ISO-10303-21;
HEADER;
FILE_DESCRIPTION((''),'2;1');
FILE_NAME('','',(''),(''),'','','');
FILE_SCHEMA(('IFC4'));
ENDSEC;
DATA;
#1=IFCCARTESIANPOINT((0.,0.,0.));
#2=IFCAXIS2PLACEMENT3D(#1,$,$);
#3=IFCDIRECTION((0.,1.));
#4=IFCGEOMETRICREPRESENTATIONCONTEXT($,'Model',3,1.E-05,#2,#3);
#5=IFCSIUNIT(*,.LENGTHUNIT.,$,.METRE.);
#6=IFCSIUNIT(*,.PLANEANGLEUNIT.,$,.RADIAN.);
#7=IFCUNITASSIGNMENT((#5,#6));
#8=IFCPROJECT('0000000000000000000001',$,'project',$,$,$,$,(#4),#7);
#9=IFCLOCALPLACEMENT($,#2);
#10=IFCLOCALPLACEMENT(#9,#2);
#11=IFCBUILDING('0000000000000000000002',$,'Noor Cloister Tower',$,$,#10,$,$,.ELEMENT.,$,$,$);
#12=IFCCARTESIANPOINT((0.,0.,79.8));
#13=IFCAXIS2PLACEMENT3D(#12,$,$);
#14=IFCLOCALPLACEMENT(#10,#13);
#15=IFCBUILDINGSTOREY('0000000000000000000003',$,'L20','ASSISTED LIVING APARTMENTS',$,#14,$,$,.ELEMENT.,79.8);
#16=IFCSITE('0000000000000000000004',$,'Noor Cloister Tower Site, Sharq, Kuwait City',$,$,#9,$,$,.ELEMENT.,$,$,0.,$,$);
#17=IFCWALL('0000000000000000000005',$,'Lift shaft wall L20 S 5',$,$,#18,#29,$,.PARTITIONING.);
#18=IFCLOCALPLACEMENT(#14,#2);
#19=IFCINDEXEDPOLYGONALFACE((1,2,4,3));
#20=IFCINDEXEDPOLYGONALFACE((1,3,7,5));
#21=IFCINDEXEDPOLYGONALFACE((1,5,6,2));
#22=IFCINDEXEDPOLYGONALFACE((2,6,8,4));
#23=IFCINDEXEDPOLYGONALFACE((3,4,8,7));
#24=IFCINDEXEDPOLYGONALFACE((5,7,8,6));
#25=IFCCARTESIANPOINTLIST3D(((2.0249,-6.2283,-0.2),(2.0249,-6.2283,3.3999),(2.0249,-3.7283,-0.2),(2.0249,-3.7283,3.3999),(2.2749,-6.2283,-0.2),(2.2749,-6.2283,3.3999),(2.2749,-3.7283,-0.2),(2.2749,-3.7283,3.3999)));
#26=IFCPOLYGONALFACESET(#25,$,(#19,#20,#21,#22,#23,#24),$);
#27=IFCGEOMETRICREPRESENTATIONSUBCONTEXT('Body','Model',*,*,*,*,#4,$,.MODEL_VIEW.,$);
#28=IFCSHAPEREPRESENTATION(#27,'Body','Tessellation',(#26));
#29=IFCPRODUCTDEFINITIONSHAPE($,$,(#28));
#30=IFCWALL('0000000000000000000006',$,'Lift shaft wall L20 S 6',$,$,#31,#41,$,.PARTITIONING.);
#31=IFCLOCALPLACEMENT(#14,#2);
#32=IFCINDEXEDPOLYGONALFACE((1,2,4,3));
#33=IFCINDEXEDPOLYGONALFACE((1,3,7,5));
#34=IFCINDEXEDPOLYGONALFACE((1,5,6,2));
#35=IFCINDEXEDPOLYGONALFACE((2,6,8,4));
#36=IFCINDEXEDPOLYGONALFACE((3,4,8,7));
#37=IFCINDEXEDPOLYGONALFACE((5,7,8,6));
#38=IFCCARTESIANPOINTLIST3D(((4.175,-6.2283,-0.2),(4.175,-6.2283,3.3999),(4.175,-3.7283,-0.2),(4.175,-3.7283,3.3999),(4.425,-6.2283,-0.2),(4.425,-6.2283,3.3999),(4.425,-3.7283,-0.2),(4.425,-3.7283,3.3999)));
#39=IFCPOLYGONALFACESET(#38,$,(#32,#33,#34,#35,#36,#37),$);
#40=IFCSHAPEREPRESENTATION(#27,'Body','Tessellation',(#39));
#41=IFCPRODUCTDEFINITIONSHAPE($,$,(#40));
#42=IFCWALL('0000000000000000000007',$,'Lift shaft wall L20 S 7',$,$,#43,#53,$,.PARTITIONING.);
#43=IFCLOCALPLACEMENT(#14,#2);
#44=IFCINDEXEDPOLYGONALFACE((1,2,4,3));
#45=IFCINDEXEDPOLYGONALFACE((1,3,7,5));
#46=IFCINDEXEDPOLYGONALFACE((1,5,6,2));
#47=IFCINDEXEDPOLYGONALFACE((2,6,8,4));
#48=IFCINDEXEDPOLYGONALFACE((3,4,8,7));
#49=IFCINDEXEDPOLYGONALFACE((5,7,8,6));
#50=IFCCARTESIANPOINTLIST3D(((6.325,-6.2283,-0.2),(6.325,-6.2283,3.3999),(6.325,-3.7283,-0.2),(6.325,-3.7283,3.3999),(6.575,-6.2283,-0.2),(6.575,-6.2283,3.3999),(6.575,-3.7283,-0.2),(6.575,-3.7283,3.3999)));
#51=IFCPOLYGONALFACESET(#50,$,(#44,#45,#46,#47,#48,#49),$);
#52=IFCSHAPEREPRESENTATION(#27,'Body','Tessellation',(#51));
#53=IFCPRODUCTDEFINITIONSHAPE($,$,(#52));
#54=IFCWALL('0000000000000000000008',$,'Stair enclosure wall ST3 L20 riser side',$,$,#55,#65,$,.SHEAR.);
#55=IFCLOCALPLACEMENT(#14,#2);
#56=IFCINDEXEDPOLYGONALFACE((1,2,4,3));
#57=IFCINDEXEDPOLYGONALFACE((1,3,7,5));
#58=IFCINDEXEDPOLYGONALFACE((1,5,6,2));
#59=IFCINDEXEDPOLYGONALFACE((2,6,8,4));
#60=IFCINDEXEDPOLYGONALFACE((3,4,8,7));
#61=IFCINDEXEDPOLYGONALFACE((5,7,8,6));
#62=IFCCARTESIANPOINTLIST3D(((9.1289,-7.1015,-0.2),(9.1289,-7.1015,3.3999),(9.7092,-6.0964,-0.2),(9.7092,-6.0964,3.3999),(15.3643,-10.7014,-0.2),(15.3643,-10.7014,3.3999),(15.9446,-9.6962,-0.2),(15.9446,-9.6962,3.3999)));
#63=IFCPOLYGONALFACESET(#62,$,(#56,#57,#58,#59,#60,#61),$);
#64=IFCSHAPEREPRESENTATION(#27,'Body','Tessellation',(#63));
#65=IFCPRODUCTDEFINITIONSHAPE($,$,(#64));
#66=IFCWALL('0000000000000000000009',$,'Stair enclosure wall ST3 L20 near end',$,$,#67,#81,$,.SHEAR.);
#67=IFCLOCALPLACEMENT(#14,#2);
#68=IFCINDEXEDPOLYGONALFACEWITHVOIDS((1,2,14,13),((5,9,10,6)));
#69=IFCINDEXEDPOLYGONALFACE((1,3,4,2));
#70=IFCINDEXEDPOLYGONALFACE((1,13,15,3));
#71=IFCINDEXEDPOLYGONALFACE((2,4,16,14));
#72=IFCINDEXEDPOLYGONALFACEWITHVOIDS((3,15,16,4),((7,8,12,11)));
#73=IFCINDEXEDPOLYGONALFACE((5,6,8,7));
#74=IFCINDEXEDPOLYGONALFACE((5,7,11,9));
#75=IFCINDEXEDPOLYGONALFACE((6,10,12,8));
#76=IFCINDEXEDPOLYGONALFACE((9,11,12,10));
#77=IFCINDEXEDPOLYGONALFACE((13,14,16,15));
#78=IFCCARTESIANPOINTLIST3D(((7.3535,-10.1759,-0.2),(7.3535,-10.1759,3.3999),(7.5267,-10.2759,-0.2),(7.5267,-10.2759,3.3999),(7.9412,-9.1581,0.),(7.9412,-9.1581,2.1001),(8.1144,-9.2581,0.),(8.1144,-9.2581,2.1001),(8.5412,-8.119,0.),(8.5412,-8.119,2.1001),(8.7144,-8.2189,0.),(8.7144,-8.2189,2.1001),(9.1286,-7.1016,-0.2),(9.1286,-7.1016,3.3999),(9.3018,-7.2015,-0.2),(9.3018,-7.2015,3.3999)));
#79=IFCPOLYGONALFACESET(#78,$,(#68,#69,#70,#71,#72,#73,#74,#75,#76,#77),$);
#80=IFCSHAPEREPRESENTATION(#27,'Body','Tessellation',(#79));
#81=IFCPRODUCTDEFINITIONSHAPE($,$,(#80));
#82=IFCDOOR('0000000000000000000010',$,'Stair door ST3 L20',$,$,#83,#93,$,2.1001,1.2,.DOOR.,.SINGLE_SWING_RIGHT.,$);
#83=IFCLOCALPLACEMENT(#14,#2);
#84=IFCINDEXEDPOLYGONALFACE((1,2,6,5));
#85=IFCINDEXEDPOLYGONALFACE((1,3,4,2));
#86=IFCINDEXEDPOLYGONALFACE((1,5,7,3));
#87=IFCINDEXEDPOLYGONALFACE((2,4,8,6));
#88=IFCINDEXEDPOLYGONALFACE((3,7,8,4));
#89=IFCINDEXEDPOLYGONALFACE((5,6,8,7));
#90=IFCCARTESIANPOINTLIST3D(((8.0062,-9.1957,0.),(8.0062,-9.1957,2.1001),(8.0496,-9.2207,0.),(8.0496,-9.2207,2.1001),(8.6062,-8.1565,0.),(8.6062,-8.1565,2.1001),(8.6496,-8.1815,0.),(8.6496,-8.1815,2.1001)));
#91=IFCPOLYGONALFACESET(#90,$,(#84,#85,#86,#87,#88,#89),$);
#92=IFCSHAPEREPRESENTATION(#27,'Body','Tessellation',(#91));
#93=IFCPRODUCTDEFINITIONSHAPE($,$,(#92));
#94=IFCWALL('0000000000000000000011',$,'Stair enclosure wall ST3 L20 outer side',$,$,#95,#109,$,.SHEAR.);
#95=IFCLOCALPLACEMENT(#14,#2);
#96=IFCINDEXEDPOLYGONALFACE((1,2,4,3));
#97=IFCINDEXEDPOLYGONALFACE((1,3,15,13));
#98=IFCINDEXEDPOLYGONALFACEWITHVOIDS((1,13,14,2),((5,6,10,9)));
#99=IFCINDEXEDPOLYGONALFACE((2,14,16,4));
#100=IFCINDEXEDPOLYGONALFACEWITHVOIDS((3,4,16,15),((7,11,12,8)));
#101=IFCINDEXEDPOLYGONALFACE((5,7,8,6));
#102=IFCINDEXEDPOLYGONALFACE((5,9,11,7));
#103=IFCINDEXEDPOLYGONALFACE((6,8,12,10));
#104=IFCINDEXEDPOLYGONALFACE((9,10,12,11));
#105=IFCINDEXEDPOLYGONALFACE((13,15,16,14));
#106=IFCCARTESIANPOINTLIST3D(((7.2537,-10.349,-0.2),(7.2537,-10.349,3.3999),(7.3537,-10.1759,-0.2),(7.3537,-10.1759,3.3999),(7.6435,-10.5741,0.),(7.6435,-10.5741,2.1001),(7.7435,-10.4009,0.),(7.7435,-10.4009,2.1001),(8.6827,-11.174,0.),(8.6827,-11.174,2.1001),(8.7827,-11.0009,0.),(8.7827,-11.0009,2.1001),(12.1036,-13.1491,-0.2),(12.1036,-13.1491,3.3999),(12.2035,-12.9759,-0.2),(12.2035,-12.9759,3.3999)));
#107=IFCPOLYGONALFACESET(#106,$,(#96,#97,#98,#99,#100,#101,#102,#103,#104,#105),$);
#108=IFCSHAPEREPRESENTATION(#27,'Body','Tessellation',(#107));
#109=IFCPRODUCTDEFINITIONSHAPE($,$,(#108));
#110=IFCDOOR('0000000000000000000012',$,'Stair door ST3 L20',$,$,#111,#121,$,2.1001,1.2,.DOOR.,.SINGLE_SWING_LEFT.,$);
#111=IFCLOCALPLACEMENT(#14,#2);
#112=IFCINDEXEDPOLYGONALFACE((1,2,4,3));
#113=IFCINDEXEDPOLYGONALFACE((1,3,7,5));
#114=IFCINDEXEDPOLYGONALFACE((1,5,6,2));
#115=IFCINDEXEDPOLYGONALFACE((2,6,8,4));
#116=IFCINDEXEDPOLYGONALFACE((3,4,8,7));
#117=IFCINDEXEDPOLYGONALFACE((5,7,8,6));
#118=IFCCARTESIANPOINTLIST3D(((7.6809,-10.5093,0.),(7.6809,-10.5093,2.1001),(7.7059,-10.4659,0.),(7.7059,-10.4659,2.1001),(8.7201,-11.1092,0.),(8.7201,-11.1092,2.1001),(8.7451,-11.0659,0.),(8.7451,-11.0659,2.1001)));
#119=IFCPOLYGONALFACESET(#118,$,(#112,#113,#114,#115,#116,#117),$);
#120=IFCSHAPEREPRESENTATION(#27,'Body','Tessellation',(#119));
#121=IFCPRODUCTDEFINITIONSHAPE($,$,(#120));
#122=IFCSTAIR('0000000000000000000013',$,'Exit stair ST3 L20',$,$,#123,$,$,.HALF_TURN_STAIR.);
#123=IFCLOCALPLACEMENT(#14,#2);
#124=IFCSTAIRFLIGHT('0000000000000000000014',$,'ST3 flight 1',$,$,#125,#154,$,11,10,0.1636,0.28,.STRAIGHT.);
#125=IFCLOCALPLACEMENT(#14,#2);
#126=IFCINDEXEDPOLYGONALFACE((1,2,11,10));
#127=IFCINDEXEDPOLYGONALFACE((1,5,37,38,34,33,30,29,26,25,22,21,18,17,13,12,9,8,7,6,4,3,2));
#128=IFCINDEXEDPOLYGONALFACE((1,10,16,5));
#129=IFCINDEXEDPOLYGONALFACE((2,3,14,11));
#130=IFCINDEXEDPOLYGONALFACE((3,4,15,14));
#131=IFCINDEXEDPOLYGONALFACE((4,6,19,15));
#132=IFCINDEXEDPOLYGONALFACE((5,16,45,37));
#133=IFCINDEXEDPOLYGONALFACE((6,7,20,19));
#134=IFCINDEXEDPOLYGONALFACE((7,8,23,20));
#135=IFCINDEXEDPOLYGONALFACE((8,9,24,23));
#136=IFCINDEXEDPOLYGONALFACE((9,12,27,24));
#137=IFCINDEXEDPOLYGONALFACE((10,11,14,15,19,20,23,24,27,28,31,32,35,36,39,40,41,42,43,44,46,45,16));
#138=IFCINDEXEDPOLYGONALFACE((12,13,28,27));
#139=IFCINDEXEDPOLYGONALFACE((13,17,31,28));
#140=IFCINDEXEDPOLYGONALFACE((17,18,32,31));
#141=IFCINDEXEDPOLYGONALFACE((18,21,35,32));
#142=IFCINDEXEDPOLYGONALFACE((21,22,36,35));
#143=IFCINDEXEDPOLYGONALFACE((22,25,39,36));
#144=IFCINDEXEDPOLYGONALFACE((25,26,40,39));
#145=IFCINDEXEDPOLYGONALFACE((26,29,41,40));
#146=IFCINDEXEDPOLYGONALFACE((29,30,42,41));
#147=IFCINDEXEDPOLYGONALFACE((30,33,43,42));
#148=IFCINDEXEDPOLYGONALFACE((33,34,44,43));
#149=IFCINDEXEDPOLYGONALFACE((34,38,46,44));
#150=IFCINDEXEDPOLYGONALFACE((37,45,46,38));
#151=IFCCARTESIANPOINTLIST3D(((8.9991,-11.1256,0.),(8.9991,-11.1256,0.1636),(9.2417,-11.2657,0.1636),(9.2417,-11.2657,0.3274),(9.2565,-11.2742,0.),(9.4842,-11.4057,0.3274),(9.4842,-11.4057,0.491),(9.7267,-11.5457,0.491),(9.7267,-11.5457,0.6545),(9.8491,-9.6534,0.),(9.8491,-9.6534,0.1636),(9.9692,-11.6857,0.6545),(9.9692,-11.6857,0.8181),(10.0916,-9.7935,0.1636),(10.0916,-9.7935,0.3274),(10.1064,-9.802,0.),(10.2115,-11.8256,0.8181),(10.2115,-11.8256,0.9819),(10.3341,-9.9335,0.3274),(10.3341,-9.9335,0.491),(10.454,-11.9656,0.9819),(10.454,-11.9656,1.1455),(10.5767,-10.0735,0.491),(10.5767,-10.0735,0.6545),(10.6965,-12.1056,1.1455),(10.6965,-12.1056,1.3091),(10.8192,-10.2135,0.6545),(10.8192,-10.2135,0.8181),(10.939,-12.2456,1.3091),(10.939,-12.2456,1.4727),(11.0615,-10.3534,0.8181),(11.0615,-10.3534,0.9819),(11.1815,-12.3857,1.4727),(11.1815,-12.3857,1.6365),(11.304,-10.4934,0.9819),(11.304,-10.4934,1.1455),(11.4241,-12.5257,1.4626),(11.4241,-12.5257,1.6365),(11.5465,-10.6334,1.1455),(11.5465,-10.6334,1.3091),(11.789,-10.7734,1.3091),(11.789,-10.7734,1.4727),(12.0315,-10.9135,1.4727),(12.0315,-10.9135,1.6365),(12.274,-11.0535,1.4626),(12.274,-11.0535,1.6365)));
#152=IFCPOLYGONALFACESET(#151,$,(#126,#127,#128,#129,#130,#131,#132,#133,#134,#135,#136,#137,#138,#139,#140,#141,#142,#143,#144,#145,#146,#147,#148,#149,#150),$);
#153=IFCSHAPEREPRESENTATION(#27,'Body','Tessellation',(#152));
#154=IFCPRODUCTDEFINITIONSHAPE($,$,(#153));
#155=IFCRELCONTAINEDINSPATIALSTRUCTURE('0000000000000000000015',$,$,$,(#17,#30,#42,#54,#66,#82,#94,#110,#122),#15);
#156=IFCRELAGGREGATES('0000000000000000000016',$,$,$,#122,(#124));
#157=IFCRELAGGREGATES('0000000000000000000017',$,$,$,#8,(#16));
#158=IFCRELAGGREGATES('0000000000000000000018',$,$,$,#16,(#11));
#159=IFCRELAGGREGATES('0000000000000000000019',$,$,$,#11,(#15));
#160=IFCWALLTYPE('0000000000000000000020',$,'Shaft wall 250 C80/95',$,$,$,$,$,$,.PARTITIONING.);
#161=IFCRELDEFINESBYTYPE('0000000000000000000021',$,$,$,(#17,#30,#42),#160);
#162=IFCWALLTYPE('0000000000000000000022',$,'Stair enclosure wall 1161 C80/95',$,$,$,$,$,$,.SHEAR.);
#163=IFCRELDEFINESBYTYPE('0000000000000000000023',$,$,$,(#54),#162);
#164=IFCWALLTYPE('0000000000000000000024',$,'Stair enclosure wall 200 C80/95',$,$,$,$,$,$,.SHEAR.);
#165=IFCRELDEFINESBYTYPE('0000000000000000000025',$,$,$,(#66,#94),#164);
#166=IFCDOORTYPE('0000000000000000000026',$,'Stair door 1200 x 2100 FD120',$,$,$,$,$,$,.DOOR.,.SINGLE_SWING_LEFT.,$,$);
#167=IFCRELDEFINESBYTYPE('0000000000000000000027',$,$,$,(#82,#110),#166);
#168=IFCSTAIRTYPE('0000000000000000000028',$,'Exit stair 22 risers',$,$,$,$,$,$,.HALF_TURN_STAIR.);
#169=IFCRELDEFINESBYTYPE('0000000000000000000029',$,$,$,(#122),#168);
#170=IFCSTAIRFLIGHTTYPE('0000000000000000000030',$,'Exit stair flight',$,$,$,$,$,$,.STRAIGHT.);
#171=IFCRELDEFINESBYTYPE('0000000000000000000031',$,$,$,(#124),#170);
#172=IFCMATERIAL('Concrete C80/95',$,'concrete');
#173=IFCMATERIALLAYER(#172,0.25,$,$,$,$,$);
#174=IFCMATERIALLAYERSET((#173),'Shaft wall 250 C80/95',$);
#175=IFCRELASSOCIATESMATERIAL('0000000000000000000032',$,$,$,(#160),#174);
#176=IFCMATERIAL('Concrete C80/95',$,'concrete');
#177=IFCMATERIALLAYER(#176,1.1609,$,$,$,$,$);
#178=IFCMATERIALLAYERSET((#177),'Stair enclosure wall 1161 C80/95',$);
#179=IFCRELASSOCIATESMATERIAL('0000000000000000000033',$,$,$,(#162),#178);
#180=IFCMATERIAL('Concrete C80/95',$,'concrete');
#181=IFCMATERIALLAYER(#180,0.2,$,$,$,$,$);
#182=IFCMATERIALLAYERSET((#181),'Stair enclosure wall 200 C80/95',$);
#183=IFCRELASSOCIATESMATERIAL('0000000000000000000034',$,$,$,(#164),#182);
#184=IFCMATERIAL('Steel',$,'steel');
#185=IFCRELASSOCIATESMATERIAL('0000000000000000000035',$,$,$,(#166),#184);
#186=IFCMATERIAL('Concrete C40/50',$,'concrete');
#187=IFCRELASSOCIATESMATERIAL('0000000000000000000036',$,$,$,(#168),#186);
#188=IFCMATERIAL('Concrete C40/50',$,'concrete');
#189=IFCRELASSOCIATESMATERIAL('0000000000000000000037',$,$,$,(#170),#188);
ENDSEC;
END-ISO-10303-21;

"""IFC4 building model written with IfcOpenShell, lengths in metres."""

from ifc_helpers import new_model, si_unit, direction, frame, frame_2d, origin, place, context, subcontext, project, spatial, polyline, rectangle, outline, extrude, material, layer, layer_set, type_object, element, fill, aggregate, save


model = new_model("IFC4")

# Units and contexts
model_context = context("Model", 3, precision=1e-05, world=origin(), true_north=direction((0.0, 1.0)))
body_context = subcontext(model_context, "Body", "Model", "MODEL_VIEW")
ifc_project = project(units=[si_unit("LENGTHUNIT", "METRE"), si_unit("PLANEANGLEUNIT", "RADIAN")], contexts=[model_context])

# Site, building, storey
site_placement = place(None, origin())
site = spatial("IfcSite", under=ifc_project, at=site_placement, Name="Noor Cloister Tower Site, Sharq, Kuwait City", CompositionType="ELEMENT", RefElevation=0.0)
building_placement = place(site_placement, origin())
building = spatial("IfcBuilding", under=site, at=building_placement, Name="Noor Cloister Tower", CompositionType="ELEMENT")
storey_placement = place(building_placement, frame((0.0, 0.0, 79.8)))
storey = spatial("IfcBuildingStorey", under=building, at=storey_placement, Name="L20", Description="ASSISTED LIVING APARTMENTS", CompositionType="ELEMENT", Elevation=79.8)

# Walls
ifc_material_1 = material(Name="Concrete C80/95", Category="concrete")
ifc_layer_1 = layer(ifc_material_1, 0.25)
ifc_layer_set_1 = layer_set([ifc_layer_1], Name="Shaft wall 250 C80/95")
wall_type_1 = type_object("IfcWallType", Name="Shaft wall 250 C80/95", PredefinedType="PARTITIONING", material=ifc_layer_set_1)
for number, where, z_axis, x_axis, name in (
    (1, (2.1499, -6.2283, -0.2), (0.0, 0.0, 1.0), (0.0, 1.0, 0.0), "Lift shaft wall L20 S 5"),
    (2, (4.3, -6.2283, -0.2), (0.0, 0.0, 1.0), (0.0, 1.0, 0.0), "Lift shaft wall L20 S 6"),
    (3, (6.45, -6.2283, -0.2), (0.0, 0.0, 1.0), (0.0, 1.0, 0.0), "Lift shaft wall L20 S 7"),
):
    element("IfcWall", number, at=place(storey_placement, frame(where, z_axis=z_axis, x_axis=x_axis)), inside=storey, type_object=wall_type_1, Name=name, PredefinedType="PARTITIONING", context=body_context, shape_type="SweptSolid", body=[
        extrude(rectangle(XDim=2.5, YDim=0.25, at=frame_2d((1.25, 0.0))), origin(), (0.0, 0.0, 1.0), 3.5999),
    ])
ifc_material_2 = material(Name="Concrete C80/95", Category="concrete")
ifc_layer_2 = layer(ifc_material_2, 1.1609)
ifc_layer_set_2 = layer_set([ifc_layer_2], Name="Stair enclosure wall 1161 C80/95")
wall_type_2 = type_object("IfcWallType", Name="Stair enclosure wall 1161 C80/95", PredefinedType="SHEAR", material=ifc_layer_set_2)
wall_1_placement = place(storey_placement, frame((9.4189, -6.5989, -0.2), z_axis=(0.0, 0.0, 1.0), x_axis=(0.866033, -0.499987, 0.0)))
element("IfcWall", 4, at=wall_1_placement, inside=storey, type_object=wall_type_2, Name="Stair enclosure wall ST3 L20 riser side", PredefinedType="SHEAR", context=body_context, shape_type="SweptSolid", body=[
    extrude(rectangle(XDim=7.2, YDim=1.1606, at=frame_2d((3.6001, 0.0))), origin(), (0.0, 0.0, 1.0), 3.5999),
])

# Walls, openings, doors
ifc_material_3 = material(Name="Concrete C80/95", Category="concrete")
ifc_layer_3 = layer(ifc_material_3, 0.2)
ifc_layer_set_3 = layer_set([ifc_layer_3], Name="Stair enclosure wall 200 C80/95")
wall_type_3 = type_object("IfcWallType", Name="Stair enclosure wall 200 C80/95", PredefinedType="SHEAR", material=ifc_layer_set_3)
wall_2_placement = place(storey_placement, frame((7.4402, -10.2258, -0.2), z_axis=(0.0, 0.0, 1.0), x_axis=(0.500022, 0.866013, 0.0)))
wall_2 = element("IfcWall", 5, at=wall_2_placement, inside=storey, type_object=wall_type_3, Name="Stair enclosure wall ST3 L20 near end", PredefinedType="SHEAR", context=body_context, shape_type="SweptSolid", body=[
    extrude(rectangle(XDim=3.55, YDim=0.2, at=frame_2d((1.7749, 0.0))), origin(), (0.0, 0.0, 1.0), 3.5999),
])
opening_1_placement = place(wall_2_placement, frame((1.175, 0.0, 0.2)))
opening_1 = element("IfcOpeningElement", 6, at=opening_1_placement, cuts=wall_2, PredefinedType="OPENING", context=body_context, shape_type="SweptSolid", body=[
    extrude(rectangle(XDim=1.2, YDim=2.1001, at=frame_2d((0.6001, 1.05))), frame((0.0, 0.1099, 0.0), z_axis=(0.0, -1.0, 0.0), x_axis=(1.0, 0.0, 0.0)), (0.0, 0.0, 1.0), 0.22),
])
ifc_material_4 = material(Name="Steel", Category="steel")
door_type_1 = type_object("IfcDoorType", Name="Stair door 1200 x 2100 FD120", OperationType="SINGLE_SWING_LEFT", PredefinedType="DOOR", material=ifc_material_4)
door_1_placement = place(opening_1_placement, origin())
door_1 = element("IfcDoor", 7, at=door_1_placement, inside=storey, type_object=door_type_1, Name="Stair door ST3 L20", OperationType="SINGLE_SWING_RIGHT", OverallHeight=2.1001, OverallWidth=1.2, PredefinedType="DOOR", context=body_context, shape_type="SweptSolid", body=[
    extrude(rectangle(XDim=1.2, YDim=2.1001, at=frame_2d((0.6001, 1.05))), frame((0.0, 0.0249, 0.0), z_axis=(0.0, -1.0, 0.0), x_axis=(1.0, 0.0, 0.0)), (0.0, 0.0, 1.0), 0.05),
])
fill(opening_1, door_1)
wall_3_placement = place(storey_placement, frame((7.3037, -10.2625, -0.2), z_axis=(0.0, 0.0, 1.0), x_axis=(0.866027, -0.499998, 0.0)))
wall_3 = element("IfcWall", 8, at=wall_3_placement, inside=storey, type_object=wall_type_3, Name="Stair enclosure wall ST3 L20 outer side", PredefinedType="SHEAR", context=body_context, shape_type="SweptSolid", body=[
    extrude(rectangle(XDim=5.6001, YDim=0.2, at=frame_2d((2.8, 0.0))), origin(), (0.0, 0.0, 1.0), 3.5999),
])
opening_2_placement = place(wall_3_placement, frame((0.45, 0.0, 0.2)))
opening_2 = element("IfcOpeningElement", 9, at=opening_2_placement, cuts=wall_3, PredefinedType="OPENING", context=body_context, shape_type="SweptSolid", body=[
    extrude(rectangle(XDim=1.2, YDim=2.1001, at=frame_2d((0.6001, 1.05))), frame((0.0, 0.1099, 0.0), z_axis=(0.0, -1.0, 0.0), x_axis=(1.0, 0.0, 0.0)), (0.0, 0.0, 1.0), 0.22),
])
door_2_placement = place(opening_2_placement, origin())
door_2 = element("IfcDoor", 10, at=door_2_placement, inside=storey, type_object=door_type_1, Name="Stair door ST3 L20", OperationType="SINGLE_SWING_LEFT", OverallHeight=2.1001, OverallWidth=1.2, PredefinedType="DOOR", context=body_context, shape_type="SweptSolid", body=[
    extrude(rectangle(XDim=1.2, YDim=2.1001, at=frame_2d((0.6001, 1.05))), frame((0.0, 0.0249, 0.0), z_axis=(0.0, -1.0, 0.0), x_axis=(1.0, 0.0, 0.0)), (0.0, 0.0, 1.0), 0.05),
])
fill(opening_2, door_2)

# Stair, stair flight
ifc_material_5 = material(Name="Concrete C40/50", Category="concrete")
stair_type = type_object("IfcStairType", Name="Exit stair 22 risers", PredefinedType="HALF_TURN_STAIR", material=ifc_material_5)
stair_placement = place(storey_placement, origin())
stair = element("IfcStair", 11, at=stair_placement, inside=storey, type_object=stair_type, Name="Exit stair ST3 L20", PredefinedType="HALF_TURN_STAIR")
ifc_material_6 = material(Name="Concrete C40/50", Category="concrete")
stair_flight_type = type_object("IfcStairFlightType", Name="Exit stair flight", PredefinedType="STRAIGHT", material=ifc_material_6)
stair_flight_placement = place(storey_placement, frame((9.4241, -10.3896, 0.0), z_axis=(0.0, 0.0, 1.0), x_axis=(0.866025, -0.5, 0.0)))
stair_flight = element("IfcStairFlight", 12, at=stair_flight_placement, type_object=stair_flight_type, Name="ST3 flight 1", NumberOfRisers=11, NumberOfTreads=10, PredefinedType="STRAIGHT", RiserHeight=0.1636, TreadLength=0.28, context=body_context, shape_type="SweptSolid", body=[
    extrude(outline(polyline([(0.0, 0.0), (0.0, 0.1636), (0.28, 0.1636), (0.28, 0.3274), (0.5601, 0.3274), (0.5601, 0.491), (0.8401, 0.491), (0.8401, 0.6545), (1.1201, 0.6545), (1.1201, 0.8181), (1.3999, 0.8181), (1.3999, 0.9819), (1.6799, 0.9819), (1.6799, 1.1455), (1.96, 1.1455), (1.96, 1.3091), (2.24, 1.3091), (2.24, 1.4727), (2.52, 1.4727), (2.52, 1.6365), (2.8, 1.6365), (2.8, 1.8), (2.8, 1.4626), (0.2971, 0.0), (0.0, 0.0)])), frame((0.0, 0.8501, 0.0), z_axis=(0.0, -1.0, 0.0), x_axis=(1.0, 0.0, 0.0)), (0.0, 0.0, 1.0), 1.7),
])
aggregate(stair, [stair_flight])

save(model, "model.ifc")
